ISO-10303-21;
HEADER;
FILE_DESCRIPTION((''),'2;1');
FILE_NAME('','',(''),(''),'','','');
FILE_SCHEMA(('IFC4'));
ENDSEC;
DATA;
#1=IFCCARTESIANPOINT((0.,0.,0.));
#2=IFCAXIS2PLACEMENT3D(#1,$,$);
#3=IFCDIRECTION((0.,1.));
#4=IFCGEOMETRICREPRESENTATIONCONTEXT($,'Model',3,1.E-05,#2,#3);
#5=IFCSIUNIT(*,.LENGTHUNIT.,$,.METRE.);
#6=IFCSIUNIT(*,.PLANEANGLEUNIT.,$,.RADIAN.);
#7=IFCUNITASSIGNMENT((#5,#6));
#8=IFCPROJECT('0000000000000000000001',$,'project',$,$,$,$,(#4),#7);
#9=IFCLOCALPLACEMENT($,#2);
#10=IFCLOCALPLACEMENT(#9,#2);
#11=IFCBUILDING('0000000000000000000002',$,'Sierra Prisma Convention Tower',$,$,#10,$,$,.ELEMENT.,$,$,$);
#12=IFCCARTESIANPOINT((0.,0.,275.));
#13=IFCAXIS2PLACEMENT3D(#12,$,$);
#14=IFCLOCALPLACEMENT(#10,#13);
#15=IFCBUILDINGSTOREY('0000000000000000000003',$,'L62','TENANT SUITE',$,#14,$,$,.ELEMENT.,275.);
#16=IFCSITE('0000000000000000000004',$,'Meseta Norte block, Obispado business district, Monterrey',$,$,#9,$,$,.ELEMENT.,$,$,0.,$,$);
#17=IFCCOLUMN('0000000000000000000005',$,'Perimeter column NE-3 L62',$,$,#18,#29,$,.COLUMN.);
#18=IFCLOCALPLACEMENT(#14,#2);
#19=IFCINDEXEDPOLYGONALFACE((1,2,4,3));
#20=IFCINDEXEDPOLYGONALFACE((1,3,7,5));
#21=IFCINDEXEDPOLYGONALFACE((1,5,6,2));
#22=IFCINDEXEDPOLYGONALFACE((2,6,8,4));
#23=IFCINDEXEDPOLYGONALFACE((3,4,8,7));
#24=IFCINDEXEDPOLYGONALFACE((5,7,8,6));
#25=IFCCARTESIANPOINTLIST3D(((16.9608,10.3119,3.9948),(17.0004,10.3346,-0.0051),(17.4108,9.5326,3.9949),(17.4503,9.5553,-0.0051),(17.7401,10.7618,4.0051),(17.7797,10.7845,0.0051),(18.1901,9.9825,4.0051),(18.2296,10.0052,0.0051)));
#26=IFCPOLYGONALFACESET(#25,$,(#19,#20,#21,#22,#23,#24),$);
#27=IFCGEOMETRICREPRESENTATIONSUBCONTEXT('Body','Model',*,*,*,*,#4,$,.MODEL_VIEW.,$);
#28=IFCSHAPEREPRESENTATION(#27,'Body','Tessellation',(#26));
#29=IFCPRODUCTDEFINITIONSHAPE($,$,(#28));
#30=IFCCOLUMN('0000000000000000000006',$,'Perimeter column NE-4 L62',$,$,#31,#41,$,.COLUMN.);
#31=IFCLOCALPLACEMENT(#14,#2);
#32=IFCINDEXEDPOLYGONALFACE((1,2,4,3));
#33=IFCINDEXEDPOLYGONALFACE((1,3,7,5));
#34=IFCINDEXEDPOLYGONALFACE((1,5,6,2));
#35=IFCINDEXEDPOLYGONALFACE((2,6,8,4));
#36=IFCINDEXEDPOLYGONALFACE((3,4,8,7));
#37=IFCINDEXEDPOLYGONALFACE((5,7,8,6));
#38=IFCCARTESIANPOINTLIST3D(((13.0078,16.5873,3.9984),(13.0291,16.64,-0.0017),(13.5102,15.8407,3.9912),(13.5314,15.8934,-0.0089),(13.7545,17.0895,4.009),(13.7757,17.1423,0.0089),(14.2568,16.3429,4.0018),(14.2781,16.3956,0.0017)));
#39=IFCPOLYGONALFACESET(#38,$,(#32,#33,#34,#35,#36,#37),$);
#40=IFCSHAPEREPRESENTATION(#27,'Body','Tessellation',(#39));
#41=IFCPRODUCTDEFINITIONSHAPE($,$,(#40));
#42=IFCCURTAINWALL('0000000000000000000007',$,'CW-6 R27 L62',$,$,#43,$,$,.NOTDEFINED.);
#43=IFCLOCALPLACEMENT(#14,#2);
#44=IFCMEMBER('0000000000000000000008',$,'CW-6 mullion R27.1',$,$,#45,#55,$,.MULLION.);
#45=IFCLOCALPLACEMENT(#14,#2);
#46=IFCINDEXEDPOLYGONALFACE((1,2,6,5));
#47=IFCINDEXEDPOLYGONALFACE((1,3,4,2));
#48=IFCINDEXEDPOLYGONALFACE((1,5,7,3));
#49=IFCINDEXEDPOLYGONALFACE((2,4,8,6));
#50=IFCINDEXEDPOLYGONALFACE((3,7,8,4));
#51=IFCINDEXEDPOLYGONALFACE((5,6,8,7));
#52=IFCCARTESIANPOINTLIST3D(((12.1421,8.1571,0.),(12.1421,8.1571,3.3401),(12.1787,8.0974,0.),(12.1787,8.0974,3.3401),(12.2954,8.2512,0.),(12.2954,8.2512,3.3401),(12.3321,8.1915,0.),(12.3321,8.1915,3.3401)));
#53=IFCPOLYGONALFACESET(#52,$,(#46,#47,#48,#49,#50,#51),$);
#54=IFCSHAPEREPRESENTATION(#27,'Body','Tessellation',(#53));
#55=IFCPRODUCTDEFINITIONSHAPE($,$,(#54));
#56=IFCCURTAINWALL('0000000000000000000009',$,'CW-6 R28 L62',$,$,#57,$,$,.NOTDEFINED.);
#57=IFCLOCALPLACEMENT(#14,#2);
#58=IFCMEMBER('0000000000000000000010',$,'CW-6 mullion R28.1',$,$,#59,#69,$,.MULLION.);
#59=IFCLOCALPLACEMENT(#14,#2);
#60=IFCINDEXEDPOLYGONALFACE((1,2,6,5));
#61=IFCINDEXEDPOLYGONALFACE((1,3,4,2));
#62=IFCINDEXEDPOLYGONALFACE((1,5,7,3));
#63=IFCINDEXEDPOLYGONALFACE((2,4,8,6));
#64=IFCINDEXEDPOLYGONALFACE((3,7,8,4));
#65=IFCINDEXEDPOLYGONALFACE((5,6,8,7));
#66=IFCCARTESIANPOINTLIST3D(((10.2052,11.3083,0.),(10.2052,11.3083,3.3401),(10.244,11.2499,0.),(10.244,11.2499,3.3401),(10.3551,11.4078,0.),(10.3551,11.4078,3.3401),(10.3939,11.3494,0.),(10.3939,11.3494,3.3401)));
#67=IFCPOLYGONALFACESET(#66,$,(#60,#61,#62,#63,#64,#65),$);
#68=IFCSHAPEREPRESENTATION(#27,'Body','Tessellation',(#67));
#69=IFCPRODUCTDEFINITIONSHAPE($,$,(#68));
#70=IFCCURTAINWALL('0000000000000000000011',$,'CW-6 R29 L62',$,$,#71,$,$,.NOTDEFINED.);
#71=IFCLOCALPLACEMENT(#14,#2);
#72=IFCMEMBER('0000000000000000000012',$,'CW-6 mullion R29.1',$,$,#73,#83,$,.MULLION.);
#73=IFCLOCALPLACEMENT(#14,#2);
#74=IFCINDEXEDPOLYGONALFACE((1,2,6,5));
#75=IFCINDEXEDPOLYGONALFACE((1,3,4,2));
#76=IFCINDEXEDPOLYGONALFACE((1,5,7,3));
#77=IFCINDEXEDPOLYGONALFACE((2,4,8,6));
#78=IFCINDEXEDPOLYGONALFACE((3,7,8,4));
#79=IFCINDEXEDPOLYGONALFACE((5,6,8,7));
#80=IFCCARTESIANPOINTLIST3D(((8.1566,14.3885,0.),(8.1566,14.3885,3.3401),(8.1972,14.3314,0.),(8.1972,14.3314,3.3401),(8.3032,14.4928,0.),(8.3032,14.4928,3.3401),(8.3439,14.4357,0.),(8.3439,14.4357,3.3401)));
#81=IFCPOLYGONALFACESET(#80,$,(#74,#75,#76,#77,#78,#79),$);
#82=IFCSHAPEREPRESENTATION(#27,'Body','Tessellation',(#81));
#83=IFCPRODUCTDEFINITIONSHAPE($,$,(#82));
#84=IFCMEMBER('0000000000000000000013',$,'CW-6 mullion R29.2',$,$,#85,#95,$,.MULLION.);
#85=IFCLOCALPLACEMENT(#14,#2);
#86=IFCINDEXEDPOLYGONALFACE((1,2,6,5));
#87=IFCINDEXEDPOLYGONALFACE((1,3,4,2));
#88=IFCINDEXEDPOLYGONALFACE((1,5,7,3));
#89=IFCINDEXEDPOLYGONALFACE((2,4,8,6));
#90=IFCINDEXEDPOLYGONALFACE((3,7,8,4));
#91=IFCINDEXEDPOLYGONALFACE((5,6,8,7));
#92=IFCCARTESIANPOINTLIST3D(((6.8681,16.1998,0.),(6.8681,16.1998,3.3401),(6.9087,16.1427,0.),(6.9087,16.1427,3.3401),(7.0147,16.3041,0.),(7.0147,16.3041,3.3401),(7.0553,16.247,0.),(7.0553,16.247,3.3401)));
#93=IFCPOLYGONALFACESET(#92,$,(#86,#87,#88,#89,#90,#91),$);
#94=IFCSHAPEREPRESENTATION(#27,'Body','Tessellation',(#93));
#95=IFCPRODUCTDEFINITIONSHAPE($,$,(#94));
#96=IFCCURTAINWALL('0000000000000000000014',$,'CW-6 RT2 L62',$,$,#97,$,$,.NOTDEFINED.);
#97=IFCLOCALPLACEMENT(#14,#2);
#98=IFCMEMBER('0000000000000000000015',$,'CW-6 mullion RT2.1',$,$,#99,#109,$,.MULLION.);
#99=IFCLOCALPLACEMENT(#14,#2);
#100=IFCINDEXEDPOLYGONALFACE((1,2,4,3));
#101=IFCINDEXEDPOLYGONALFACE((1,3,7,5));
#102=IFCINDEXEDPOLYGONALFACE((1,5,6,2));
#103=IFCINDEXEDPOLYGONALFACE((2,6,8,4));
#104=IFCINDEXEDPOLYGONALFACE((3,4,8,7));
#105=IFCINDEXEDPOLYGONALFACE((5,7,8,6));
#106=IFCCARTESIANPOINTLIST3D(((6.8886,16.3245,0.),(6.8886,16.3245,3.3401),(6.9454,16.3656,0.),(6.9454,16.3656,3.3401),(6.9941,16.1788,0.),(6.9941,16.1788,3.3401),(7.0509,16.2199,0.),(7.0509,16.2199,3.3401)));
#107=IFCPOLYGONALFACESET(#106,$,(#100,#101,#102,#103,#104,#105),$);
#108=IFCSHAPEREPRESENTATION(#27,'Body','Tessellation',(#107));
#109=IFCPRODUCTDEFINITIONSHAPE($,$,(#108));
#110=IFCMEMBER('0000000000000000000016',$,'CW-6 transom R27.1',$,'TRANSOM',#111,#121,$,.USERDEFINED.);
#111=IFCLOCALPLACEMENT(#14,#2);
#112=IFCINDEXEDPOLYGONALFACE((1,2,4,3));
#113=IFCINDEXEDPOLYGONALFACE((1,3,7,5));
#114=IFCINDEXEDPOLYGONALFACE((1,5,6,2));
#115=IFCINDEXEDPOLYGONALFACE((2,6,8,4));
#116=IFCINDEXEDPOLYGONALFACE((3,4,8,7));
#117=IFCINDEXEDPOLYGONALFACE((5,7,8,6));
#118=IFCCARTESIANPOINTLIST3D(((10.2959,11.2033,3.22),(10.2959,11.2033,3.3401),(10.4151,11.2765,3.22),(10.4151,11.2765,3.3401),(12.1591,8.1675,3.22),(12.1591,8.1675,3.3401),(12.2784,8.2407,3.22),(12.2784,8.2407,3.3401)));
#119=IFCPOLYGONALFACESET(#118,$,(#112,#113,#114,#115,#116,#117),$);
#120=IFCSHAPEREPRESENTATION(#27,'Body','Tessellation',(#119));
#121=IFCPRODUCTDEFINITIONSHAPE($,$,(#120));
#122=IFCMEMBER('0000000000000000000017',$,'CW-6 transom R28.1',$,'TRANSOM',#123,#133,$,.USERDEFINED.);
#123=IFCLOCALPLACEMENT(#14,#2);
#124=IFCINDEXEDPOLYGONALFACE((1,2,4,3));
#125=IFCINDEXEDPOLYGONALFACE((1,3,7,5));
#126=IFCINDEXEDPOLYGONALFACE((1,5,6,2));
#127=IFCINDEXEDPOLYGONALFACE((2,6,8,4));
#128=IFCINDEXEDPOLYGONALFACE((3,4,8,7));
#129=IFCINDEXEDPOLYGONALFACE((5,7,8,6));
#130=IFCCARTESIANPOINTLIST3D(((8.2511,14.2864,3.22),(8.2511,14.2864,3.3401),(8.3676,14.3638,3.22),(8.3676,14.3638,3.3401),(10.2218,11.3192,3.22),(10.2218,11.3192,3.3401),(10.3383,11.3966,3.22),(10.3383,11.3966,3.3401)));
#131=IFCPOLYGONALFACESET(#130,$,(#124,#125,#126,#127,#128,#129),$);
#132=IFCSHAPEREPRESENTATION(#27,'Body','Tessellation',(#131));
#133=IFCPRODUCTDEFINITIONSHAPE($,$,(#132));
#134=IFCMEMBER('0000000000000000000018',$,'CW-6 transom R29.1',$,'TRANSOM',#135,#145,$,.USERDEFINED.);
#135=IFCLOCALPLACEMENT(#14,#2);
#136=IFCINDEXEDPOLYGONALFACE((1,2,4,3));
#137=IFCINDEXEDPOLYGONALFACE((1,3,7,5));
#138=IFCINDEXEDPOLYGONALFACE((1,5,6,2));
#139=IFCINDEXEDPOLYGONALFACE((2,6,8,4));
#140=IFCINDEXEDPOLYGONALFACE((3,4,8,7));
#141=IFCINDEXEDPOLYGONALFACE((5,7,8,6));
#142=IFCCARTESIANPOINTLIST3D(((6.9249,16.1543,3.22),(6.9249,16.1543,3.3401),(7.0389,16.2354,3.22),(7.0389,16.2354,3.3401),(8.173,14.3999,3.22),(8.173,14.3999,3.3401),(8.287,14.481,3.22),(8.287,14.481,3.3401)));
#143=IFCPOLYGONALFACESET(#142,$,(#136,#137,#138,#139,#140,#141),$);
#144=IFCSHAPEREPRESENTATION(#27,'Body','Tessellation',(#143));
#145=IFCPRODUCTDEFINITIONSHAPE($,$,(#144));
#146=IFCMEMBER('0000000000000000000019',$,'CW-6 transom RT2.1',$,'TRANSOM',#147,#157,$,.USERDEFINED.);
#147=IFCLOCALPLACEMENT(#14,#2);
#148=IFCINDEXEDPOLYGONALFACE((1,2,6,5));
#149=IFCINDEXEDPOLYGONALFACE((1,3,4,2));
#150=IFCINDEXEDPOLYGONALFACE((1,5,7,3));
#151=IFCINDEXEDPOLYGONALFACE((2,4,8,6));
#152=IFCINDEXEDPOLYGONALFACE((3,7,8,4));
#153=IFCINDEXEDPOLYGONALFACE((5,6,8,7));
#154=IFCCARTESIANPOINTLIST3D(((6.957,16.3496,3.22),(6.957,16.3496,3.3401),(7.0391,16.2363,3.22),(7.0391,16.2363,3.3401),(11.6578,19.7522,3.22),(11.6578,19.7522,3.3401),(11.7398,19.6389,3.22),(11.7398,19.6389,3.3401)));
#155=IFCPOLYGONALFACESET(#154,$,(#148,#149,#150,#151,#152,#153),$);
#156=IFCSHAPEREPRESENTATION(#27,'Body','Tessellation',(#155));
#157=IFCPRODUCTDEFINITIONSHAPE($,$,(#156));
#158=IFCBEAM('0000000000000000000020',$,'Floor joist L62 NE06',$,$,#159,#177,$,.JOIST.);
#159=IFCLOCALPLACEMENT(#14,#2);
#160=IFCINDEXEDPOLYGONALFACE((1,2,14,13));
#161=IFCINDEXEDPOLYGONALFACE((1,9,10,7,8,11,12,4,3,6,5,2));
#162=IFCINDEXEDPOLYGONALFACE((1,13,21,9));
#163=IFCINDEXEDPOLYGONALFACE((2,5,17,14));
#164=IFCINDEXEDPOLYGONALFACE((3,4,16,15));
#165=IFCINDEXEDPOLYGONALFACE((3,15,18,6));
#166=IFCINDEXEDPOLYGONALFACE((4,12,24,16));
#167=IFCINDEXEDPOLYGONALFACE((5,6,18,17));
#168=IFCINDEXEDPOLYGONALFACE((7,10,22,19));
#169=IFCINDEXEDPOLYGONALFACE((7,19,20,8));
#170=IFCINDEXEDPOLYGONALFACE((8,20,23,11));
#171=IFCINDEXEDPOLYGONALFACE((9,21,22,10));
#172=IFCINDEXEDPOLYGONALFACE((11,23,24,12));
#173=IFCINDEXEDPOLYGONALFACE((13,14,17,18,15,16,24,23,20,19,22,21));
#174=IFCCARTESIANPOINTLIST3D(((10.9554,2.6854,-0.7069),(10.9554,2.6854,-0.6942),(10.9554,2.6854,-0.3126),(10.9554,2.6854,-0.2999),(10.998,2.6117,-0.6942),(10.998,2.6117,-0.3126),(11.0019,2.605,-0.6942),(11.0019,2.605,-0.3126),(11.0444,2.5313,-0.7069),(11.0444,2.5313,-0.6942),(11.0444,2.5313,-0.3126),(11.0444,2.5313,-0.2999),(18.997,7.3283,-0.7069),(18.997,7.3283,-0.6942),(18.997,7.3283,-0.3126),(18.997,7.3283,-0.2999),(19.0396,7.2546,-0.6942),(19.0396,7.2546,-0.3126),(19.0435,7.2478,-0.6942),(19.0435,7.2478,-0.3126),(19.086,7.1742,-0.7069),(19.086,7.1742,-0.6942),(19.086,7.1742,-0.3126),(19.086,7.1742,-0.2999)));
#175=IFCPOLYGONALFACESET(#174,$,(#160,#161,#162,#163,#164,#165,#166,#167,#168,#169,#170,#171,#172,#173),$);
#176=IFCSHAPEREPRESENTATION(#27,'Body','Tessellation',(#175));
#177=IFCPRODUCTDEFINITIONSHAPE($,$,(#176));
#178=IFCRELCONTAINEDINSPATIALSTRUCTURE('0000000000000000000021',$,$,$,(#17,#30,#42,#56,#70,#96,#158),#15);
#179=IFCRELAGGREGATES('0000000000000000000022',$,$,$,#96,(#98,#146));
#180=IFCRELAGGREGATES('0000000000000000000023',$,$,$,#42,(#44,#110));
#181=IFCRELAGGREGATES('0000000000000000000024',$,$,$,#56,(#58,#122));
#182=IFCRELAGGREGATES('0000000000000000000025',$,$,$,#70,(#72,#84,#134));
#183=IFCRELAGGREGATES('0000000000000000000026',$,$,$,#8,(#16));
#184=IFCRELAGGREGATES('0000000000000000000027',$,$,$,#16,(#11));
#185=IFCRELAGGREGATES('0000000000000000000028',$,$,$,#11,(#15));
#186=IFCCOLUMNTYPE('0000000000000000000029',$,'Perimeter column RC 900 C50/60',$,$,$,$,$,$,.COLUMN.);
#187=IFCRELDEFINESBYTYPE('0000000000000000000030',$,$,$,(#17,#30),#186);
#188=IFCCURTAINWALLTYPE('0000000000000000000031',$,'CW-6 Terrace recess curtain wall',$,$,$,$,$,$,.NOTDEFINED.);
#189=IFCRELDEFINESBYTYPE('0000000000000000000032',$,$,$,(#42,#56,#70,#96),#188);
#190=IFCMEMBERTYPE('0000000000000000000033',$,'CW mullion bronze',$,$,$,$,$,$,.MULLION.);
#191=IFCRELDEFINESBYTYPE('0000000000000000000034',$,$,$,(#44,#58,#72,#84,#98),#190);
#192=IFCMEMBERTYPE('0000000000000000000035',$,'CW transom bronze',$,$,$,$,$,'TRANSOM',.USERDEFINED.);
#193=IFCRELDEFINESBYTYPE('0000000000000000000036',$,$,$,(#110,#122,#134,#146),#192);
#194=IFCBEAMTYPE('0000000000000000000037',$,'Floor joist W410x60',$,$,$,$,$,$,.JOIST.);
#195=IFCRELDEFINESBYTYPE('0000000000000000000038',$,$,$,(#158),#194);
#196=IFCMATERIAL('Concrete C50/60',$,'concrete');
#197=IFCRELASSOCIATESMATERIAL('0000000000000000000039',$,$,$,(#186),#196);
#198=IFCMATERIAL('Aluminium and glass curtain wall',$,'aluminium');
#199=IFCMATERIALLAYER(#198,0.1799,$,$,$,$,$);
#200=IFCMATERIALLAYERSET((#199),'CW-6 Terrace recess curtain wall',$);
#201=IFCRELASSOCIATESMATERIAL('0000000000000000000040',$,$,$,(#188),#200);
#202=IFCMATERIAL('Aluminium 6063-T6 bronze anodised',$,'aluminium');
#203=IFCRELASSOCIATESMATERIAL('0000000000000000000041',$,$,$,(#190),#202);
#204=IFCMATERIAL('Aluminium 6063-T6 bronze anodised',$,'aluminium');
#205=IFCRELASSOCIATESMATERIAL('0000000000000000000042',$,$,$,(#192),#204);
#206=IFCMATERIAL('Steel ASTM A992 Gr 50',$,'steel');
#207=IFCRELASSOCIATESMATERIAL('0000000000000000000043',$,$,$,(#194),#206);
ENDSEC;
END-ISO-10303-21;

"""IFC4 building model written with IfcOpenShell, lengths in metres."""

from ifc_helpers import new_model, si_unit, direction, frame, origin, origin_2d, place, context, subcontext, project, spatial, rectangle, i_section, extrude, material, layer, layer_set, material_profile, profile_set, type_object, element, aggregate, save


model = new_model("IFC4")

# Units and contexts
model_context = context("Model", 3, precision=1e-05, world=origin(), true_north=direction((0.0, 1.0)))
body_context = subcontext(model_context, "Body", "Model", "MODEL_VIEW")
ifc_project = project(units=[si_unit("LENGTHUNIT", "METRE"), si_unit("PLANEANGLEUNIT", "RADIAN")], contexts=[model_context])

# Site, building, storey
site_placement = place(None, origin())
site = spatial("IfcSite", under=ifc_project, at=site_placement, Name="Meseta Norte block, Obispado business district, Monterrey", CompositionType="ELEMENT", RefElevation=0.0)
building_placement = place(site_placement, origin())
building = spatial("IfcBuilding", under=site, at=building_placement, Name="Sierra Prisma Convention Tower", CompositionType="ELEMENT")
storey_placement = place(building_placement, frame((0.0, 0.0, 275.0)))
storey = spatial("IfcBuildingStorey", under=building, at=storey_placement, Name="L62", Description="TENANT SUITE", CompositionType="ELEMENT", Elevation=275.0)

# Columns
ifc_material_1 = material(Name="Concrete C50/60", Category="concrete")
ifc_material_profile_1 = material_profile(ifc_material_1, rectangle(XDim=0.8999, YDim=0.8999, at=origin_2d()), Name="Perimeter column RC 900 C50/60")
ifc_profile_set_1 = profile_set([ifc_material_profile_1], Name="Concrete C50/60")
column_type = type_object("IfcColumnType", Name="Perimeter column RC 900 C50/60", PredefinedType="COLUMN", material=ifc_profile_set_1)
column_1_placement = place(storey_placement, frame((17.615, 10.1699, 0.0), z_axis=(-0.009887, -0.005676, 0.999935), x_axis=(-0.499976, 0.86604, -0.000028)))
element("IfcColumn", 1, at=column_1_placement, inside=storey, type_object=column_type, Name="Perimeter column NE-3 L62", PredefinedType="COLUMN", context=body_context, shape_type="SweptSolid", body=[
    extrude(rectangle(XDim=0.8999, YDim=0.8999, at=origin_2d()), origin(), (0.0, 0.0, 1.0), 4.0002),
])
column_2_placement = place(storey_placement, frame((13.6536, 16.5178, 0.0), z_axis=(-0.00531, -0.013182, 0.999899), x_axis=(-0.558224, 0.829652, 0.007974)))
element("IfcColumn", 2, at=column_2_placement, inside=storey, type_object=column_type, Name="Perimeter column NE-4 L62", PredefinedType="COLUMN", context=body_context, shape_type="SweptSolid", body=[
    extrude(rectangle(XDim=0.8999, YDim=0.8999, at=origin_2d()), origin(), (0.0, 0.0, 1.0), 4.0005),
])

# Curtain walls, members
ifc_material_2 = material(Name="Aluminium and glass curtain wall", Category="aluminium")
ifc_layer_1 = layer(ifc_material_2, 0.1799)
ifc_layer_set_1 = layer_set([ifc_layer_1], Name="CW-6 Terrace recess curtain wall")
curtain_wall_type = type_object("IfcCurtainWallType", Name="CW-6 Terrace recess curtain wall", PredefinedType="NOTDEFINED", material=ifc_layer_set_1)
curtain_wall_1_placement = place(storey_placement, origin())
curtain_wall_1 = element("IfcCurtainWall", 3, at=curtain_wall_1_placement, inside=storey, type_object=curtain_wall_type, Name="CW-6 R27 L62", PredefinedType="NOTDEFINED")
ifc_material_3 = material(Name="Aluminium 6063-T6 bronze anodised", Category="aluminium")
ifc_material_profile_2 = material_profile(ifc_material_3, rectangle(XDim=0.1799, YDim=0.0701, at=origin_2d()), Name="ALU MULLION 70x180")
ifc_profile_set_2 = profile_set([ifc_material_profile_2], Name="Aluminium 6063-T6 bronze anodised")
member_type_1 = type_object("IfcMemberType", Name="CW mullion bronze", PredefinedType="MULLION", material=ifc_profile_set_2)
member_1_placement = place(storey_placement, frame((12.2371, 8.1743, 0.0), z_axis=(0.0, 0.0, 1.0), x_axis=(-0.852282, -0.523082, 0.0)))
member_1 = element("IfcMember", 4, at=member_1_placement, type_object=member_type_1, Name="CW-6 mullion R27.1", PredefinedType="MULLION", context=body_context, shape_type="SweptSolid", body=[
    extrude(rectangle(XDim=0.1799, YDim=0.0701, at=origin_2d()), origin(), (0.0, 0.0, 1.0), 3.3401),
])
curtain_wall_2_placement = place(storey_placement, origin())
curtain_wall_2 = element("IfcCurtainWall", 5, at=curtain_wall_2_placement, inside=storey, type_object=curtain_wall_type, Name="CW-6 R28 L62", PredefinedType="NOTDEFINED")
member_2_placement = place(storey_placement, frame((10.2996, 11.3289, 0.0), z_axis=(0.0, 0.0, 1.0), x_axis=(-0.833003, -0.553268, 0.0)))
member_2 = element("IfcMember", 6, at=member_2_placement, type_object=member_type_1, Name="CW-6 mullion R28.1", PredefinedType="MULLION", context=body_context, shape_type="SweptSolid", body=[
    extrude(rectangle(XDim=0.1799, YDim=0.0701, at=origin_2d()), origin(), (0.0, 0.0, 1.0), 3.3401),
])

# Curtain wall, members
curtain_wall_3_placement = place(storey_placement, origin())
curtain_wall_3 = element("IfcCurtainWall", 7, at=curtain_wall_3_placement, inside=storey, type_object=curtain_wall_type, Name="CW-6 R29 L62", PredefinedType="NOTDEFINED")
member_3_placement = place(storey_placement, frame((8.2502, 14.4121, 0.0), z_axis=(0.0, 0.0, 1.0), x_axis=(-0.814852, -0.579669, 0.0)))
member_3 = element("IfcMember", 8, at=member_3_placement, type_object=member_type_1, Name="CW-6 mullion R29.1", PredefinedType="MULLION", context=body_context, shape_type="SweptSolid", body=[
    extrude(rectangle(XDim=0.1799, YDim=0.0701, at=origin_2d()), origin(), (0.0, 0.0, 1.0), 3.3401),
])
member_4_placement = place(storey_placement, frame((6.9617, 16.2234, 0.0), z_axis=(0.0, 0.0, 1.0), x_axis=(-0.814852, -0.579669, 0.0)))
member_4 = element("IfcMember", 9, at=member_4_placement, type_object=member_type_1, Name="CW-6 mullion R29.2", PredefinedType="MULLION", context=body_context, shape_type="SweptSolid", body=[
    extrude(rectangle(XDim=0.1799, YDim=0.0701, at=origin_2d()), origin(), (0.0, 0.0, 1.0), 3.3401),
])

# Curtain wall, member
curtain_wall_4_placement = place(storey_placement, origin())
curtain_wall_4 = element("IfcCurtainWall", 10, at=curtain_wall_4_placement, inside=storey, type_object=curtain_wall_type, Name="CW-6 RT2 L62", PredefinedType="NOTDEFINED")
member_5_placement = place(storey_placement, frame((6.9697, 16.2722, 0.0), z_axis=(0.0, 0.0, 1.0), x_axis=(-0.586377, 0.810038, 0.0)))
member_5 = element("IfcMember", 11, at=member_5_placement, type_object=member_type_1, Name="CW-6 mullion RT2.1", PredefinedType="MULLION", context=body_context, shape_type="SweptSolid", body=[
    extrude(rectangle(XDim=0.1799, YDim=0.0701, at=origin_2d()), origin(), (0.0, 0.0, 1.0), 3.3401),
])

# Members
ifc_material_4 = material(Name="Aluminium 6063-T6 bronze anodised", Category="aluminium")
ifc_material_profile_3 = material_profile(ifc_material_4, rectangle(XDim=0.1399, YDim=0.1201, at=origin_2d()), Name="ALU TRANSOM 120x140")
ifc_profile_set_3 = profile_set([ifc_material_profile_3], Name="Aluminium 6063-T6 bronze anodised")
member_type_2 = type_object("IfcMemberType", Name="CW transom bronze", ElementType="TRANSOM", PredefinedType="USERDEFINED", material=ifc_profile_set_3)
member_6_placement = place(storey_placement, frame((12.2188, 8.2041, 3.28), z_axis=(-0.523088, 0.852279, 0.0), x_axis=(-0.852279, -0.523088, 0.0)))
member_6 = element("IfcMember", 12, at=member_6_placement, type_object=member_type_2, Name="CW-6 transom R27.1", ObjectType="TRANSOM", PredefinedType="USERDEFINED", context=body_context, shape_type="SweptSolid", body=[
    extrude(rectangle(XDim=0.1399, YDim=0.1201, at=origin_2d()), origin(), (0.0, 0.0, 1.0), 3.562),
])
member_7_placement = place(storey_placement, frame((10.28, 11.3579, 3.28), z_axis=(-0.553244, 0.833019, 0.0), x_axis=(-0.833019, -0.553244, 0.0)))
member_7 = element("IfcMember", 13, at=member_7_placement, type_object=member_type_2, Name="CW-6 transom R28.1", ObjectType="TRANSOM", PredefinedType="USERDEFINED", context=body_context, shape_type="SweptSolid", body=[
    extrude(rectangle(XDim=0.1399, YDim=0.1201, at=origin_2d()), origin(), (0.0, 0.0, 1.0), 3.562),
])
member_8_placement = place(storey_placement, frame((8.23, 14.4404, 3.28), z_axis=(-0.579671, 0.814851, 0.0), x_axis=(-0.814851, -0.579671, 0.0)))
member_8 = element("IfcMember", 14, at=member_8_placement, type_object=member_type_2, Name="CW-6 transom R29.1", ObjectType="TRANSOM", PredefinedType="USERDEFINED", context=body_context, shape_type="SweptSolid", body=[
    extrude(rectangle(XDim=0.1399, YDim=0.1201, at=origin_2d()), origin(), (0.0, 0.0, 1.0), 2.1531),
])
member_9_placement = place(storey_placement, frame((6.998, 16.293, 3.28), z_axis=(0.810053, 0.586357, 0.0), x_axis=(-0.586357, 0.810053, 0.0)))
member_9 = element("IfcMember", 15, at=member_9_placement, type_object=member_type_2, Name="CW-6 transom RT2.1", ObjectType="TRANSOM", PredefinedType="USERDEFINED", context=body_context, shape_type="SweptSolid", body=[
    extrude(rectangle(XDim=0.1399, YDim=0.1201, at=origin_2d()), origin(), (0.0, 0.0, 1.0), 5.803),
])
aggregate(curtain_wall_4, [member_5, member_9])

# Beam
ifc_material_5 = material(Name="Steel ASTM A992 Gr 50", Category="steel")
ifc_material_profile_4 = material_profile(ifc_material_5, i_section(OverallWidth=0.178, OverallDepth=0.407, WebThickness=0.0078, FlangeThickness=0.0127, at=origin_2d()), Name="W410x60")
ifc_profile_set_4 = profile_set([ifc_material_profile_4], Name="Steel ASTM A992 Gr 50")
beam_type_1 = type_object("IfcBeamType", Name="Floor joist W410x60", PredefinedType="JOIST", material=ifc_profile_set_4)
beam_1_placement = place(storey_placement, frame((19.0415, 7.2512, -0.5034), z_axis=(-0.866023, -0.500005, 0.0), x_axis=(0.500005, -0.866023, 0.0)))
element("IfcBeam", 16, at=beam_1_placement, inside=storey, type_object=beam_type_1, Name="Floor joist L62 NE06", PredefinedType="JOIST", context=body_context, shape_type="SweptSolid", body=[
    extrude(i_section(OverallWidth=0.178, OverallDepth=0.407, WebThickness=0.0078, FlangeThickness=0.0127, at=origin_2d()), origin(), (0.0, 0.0, 1.0), 9.2856),
])

aggregate(curtain_wall_1, [member_1, member_6])
aggregate(curtain_wall_2, [member_2, member_7])
aggregate(curtain_wall_3, [member_3, member_4, member_8])

save(model, "model.ifc")
